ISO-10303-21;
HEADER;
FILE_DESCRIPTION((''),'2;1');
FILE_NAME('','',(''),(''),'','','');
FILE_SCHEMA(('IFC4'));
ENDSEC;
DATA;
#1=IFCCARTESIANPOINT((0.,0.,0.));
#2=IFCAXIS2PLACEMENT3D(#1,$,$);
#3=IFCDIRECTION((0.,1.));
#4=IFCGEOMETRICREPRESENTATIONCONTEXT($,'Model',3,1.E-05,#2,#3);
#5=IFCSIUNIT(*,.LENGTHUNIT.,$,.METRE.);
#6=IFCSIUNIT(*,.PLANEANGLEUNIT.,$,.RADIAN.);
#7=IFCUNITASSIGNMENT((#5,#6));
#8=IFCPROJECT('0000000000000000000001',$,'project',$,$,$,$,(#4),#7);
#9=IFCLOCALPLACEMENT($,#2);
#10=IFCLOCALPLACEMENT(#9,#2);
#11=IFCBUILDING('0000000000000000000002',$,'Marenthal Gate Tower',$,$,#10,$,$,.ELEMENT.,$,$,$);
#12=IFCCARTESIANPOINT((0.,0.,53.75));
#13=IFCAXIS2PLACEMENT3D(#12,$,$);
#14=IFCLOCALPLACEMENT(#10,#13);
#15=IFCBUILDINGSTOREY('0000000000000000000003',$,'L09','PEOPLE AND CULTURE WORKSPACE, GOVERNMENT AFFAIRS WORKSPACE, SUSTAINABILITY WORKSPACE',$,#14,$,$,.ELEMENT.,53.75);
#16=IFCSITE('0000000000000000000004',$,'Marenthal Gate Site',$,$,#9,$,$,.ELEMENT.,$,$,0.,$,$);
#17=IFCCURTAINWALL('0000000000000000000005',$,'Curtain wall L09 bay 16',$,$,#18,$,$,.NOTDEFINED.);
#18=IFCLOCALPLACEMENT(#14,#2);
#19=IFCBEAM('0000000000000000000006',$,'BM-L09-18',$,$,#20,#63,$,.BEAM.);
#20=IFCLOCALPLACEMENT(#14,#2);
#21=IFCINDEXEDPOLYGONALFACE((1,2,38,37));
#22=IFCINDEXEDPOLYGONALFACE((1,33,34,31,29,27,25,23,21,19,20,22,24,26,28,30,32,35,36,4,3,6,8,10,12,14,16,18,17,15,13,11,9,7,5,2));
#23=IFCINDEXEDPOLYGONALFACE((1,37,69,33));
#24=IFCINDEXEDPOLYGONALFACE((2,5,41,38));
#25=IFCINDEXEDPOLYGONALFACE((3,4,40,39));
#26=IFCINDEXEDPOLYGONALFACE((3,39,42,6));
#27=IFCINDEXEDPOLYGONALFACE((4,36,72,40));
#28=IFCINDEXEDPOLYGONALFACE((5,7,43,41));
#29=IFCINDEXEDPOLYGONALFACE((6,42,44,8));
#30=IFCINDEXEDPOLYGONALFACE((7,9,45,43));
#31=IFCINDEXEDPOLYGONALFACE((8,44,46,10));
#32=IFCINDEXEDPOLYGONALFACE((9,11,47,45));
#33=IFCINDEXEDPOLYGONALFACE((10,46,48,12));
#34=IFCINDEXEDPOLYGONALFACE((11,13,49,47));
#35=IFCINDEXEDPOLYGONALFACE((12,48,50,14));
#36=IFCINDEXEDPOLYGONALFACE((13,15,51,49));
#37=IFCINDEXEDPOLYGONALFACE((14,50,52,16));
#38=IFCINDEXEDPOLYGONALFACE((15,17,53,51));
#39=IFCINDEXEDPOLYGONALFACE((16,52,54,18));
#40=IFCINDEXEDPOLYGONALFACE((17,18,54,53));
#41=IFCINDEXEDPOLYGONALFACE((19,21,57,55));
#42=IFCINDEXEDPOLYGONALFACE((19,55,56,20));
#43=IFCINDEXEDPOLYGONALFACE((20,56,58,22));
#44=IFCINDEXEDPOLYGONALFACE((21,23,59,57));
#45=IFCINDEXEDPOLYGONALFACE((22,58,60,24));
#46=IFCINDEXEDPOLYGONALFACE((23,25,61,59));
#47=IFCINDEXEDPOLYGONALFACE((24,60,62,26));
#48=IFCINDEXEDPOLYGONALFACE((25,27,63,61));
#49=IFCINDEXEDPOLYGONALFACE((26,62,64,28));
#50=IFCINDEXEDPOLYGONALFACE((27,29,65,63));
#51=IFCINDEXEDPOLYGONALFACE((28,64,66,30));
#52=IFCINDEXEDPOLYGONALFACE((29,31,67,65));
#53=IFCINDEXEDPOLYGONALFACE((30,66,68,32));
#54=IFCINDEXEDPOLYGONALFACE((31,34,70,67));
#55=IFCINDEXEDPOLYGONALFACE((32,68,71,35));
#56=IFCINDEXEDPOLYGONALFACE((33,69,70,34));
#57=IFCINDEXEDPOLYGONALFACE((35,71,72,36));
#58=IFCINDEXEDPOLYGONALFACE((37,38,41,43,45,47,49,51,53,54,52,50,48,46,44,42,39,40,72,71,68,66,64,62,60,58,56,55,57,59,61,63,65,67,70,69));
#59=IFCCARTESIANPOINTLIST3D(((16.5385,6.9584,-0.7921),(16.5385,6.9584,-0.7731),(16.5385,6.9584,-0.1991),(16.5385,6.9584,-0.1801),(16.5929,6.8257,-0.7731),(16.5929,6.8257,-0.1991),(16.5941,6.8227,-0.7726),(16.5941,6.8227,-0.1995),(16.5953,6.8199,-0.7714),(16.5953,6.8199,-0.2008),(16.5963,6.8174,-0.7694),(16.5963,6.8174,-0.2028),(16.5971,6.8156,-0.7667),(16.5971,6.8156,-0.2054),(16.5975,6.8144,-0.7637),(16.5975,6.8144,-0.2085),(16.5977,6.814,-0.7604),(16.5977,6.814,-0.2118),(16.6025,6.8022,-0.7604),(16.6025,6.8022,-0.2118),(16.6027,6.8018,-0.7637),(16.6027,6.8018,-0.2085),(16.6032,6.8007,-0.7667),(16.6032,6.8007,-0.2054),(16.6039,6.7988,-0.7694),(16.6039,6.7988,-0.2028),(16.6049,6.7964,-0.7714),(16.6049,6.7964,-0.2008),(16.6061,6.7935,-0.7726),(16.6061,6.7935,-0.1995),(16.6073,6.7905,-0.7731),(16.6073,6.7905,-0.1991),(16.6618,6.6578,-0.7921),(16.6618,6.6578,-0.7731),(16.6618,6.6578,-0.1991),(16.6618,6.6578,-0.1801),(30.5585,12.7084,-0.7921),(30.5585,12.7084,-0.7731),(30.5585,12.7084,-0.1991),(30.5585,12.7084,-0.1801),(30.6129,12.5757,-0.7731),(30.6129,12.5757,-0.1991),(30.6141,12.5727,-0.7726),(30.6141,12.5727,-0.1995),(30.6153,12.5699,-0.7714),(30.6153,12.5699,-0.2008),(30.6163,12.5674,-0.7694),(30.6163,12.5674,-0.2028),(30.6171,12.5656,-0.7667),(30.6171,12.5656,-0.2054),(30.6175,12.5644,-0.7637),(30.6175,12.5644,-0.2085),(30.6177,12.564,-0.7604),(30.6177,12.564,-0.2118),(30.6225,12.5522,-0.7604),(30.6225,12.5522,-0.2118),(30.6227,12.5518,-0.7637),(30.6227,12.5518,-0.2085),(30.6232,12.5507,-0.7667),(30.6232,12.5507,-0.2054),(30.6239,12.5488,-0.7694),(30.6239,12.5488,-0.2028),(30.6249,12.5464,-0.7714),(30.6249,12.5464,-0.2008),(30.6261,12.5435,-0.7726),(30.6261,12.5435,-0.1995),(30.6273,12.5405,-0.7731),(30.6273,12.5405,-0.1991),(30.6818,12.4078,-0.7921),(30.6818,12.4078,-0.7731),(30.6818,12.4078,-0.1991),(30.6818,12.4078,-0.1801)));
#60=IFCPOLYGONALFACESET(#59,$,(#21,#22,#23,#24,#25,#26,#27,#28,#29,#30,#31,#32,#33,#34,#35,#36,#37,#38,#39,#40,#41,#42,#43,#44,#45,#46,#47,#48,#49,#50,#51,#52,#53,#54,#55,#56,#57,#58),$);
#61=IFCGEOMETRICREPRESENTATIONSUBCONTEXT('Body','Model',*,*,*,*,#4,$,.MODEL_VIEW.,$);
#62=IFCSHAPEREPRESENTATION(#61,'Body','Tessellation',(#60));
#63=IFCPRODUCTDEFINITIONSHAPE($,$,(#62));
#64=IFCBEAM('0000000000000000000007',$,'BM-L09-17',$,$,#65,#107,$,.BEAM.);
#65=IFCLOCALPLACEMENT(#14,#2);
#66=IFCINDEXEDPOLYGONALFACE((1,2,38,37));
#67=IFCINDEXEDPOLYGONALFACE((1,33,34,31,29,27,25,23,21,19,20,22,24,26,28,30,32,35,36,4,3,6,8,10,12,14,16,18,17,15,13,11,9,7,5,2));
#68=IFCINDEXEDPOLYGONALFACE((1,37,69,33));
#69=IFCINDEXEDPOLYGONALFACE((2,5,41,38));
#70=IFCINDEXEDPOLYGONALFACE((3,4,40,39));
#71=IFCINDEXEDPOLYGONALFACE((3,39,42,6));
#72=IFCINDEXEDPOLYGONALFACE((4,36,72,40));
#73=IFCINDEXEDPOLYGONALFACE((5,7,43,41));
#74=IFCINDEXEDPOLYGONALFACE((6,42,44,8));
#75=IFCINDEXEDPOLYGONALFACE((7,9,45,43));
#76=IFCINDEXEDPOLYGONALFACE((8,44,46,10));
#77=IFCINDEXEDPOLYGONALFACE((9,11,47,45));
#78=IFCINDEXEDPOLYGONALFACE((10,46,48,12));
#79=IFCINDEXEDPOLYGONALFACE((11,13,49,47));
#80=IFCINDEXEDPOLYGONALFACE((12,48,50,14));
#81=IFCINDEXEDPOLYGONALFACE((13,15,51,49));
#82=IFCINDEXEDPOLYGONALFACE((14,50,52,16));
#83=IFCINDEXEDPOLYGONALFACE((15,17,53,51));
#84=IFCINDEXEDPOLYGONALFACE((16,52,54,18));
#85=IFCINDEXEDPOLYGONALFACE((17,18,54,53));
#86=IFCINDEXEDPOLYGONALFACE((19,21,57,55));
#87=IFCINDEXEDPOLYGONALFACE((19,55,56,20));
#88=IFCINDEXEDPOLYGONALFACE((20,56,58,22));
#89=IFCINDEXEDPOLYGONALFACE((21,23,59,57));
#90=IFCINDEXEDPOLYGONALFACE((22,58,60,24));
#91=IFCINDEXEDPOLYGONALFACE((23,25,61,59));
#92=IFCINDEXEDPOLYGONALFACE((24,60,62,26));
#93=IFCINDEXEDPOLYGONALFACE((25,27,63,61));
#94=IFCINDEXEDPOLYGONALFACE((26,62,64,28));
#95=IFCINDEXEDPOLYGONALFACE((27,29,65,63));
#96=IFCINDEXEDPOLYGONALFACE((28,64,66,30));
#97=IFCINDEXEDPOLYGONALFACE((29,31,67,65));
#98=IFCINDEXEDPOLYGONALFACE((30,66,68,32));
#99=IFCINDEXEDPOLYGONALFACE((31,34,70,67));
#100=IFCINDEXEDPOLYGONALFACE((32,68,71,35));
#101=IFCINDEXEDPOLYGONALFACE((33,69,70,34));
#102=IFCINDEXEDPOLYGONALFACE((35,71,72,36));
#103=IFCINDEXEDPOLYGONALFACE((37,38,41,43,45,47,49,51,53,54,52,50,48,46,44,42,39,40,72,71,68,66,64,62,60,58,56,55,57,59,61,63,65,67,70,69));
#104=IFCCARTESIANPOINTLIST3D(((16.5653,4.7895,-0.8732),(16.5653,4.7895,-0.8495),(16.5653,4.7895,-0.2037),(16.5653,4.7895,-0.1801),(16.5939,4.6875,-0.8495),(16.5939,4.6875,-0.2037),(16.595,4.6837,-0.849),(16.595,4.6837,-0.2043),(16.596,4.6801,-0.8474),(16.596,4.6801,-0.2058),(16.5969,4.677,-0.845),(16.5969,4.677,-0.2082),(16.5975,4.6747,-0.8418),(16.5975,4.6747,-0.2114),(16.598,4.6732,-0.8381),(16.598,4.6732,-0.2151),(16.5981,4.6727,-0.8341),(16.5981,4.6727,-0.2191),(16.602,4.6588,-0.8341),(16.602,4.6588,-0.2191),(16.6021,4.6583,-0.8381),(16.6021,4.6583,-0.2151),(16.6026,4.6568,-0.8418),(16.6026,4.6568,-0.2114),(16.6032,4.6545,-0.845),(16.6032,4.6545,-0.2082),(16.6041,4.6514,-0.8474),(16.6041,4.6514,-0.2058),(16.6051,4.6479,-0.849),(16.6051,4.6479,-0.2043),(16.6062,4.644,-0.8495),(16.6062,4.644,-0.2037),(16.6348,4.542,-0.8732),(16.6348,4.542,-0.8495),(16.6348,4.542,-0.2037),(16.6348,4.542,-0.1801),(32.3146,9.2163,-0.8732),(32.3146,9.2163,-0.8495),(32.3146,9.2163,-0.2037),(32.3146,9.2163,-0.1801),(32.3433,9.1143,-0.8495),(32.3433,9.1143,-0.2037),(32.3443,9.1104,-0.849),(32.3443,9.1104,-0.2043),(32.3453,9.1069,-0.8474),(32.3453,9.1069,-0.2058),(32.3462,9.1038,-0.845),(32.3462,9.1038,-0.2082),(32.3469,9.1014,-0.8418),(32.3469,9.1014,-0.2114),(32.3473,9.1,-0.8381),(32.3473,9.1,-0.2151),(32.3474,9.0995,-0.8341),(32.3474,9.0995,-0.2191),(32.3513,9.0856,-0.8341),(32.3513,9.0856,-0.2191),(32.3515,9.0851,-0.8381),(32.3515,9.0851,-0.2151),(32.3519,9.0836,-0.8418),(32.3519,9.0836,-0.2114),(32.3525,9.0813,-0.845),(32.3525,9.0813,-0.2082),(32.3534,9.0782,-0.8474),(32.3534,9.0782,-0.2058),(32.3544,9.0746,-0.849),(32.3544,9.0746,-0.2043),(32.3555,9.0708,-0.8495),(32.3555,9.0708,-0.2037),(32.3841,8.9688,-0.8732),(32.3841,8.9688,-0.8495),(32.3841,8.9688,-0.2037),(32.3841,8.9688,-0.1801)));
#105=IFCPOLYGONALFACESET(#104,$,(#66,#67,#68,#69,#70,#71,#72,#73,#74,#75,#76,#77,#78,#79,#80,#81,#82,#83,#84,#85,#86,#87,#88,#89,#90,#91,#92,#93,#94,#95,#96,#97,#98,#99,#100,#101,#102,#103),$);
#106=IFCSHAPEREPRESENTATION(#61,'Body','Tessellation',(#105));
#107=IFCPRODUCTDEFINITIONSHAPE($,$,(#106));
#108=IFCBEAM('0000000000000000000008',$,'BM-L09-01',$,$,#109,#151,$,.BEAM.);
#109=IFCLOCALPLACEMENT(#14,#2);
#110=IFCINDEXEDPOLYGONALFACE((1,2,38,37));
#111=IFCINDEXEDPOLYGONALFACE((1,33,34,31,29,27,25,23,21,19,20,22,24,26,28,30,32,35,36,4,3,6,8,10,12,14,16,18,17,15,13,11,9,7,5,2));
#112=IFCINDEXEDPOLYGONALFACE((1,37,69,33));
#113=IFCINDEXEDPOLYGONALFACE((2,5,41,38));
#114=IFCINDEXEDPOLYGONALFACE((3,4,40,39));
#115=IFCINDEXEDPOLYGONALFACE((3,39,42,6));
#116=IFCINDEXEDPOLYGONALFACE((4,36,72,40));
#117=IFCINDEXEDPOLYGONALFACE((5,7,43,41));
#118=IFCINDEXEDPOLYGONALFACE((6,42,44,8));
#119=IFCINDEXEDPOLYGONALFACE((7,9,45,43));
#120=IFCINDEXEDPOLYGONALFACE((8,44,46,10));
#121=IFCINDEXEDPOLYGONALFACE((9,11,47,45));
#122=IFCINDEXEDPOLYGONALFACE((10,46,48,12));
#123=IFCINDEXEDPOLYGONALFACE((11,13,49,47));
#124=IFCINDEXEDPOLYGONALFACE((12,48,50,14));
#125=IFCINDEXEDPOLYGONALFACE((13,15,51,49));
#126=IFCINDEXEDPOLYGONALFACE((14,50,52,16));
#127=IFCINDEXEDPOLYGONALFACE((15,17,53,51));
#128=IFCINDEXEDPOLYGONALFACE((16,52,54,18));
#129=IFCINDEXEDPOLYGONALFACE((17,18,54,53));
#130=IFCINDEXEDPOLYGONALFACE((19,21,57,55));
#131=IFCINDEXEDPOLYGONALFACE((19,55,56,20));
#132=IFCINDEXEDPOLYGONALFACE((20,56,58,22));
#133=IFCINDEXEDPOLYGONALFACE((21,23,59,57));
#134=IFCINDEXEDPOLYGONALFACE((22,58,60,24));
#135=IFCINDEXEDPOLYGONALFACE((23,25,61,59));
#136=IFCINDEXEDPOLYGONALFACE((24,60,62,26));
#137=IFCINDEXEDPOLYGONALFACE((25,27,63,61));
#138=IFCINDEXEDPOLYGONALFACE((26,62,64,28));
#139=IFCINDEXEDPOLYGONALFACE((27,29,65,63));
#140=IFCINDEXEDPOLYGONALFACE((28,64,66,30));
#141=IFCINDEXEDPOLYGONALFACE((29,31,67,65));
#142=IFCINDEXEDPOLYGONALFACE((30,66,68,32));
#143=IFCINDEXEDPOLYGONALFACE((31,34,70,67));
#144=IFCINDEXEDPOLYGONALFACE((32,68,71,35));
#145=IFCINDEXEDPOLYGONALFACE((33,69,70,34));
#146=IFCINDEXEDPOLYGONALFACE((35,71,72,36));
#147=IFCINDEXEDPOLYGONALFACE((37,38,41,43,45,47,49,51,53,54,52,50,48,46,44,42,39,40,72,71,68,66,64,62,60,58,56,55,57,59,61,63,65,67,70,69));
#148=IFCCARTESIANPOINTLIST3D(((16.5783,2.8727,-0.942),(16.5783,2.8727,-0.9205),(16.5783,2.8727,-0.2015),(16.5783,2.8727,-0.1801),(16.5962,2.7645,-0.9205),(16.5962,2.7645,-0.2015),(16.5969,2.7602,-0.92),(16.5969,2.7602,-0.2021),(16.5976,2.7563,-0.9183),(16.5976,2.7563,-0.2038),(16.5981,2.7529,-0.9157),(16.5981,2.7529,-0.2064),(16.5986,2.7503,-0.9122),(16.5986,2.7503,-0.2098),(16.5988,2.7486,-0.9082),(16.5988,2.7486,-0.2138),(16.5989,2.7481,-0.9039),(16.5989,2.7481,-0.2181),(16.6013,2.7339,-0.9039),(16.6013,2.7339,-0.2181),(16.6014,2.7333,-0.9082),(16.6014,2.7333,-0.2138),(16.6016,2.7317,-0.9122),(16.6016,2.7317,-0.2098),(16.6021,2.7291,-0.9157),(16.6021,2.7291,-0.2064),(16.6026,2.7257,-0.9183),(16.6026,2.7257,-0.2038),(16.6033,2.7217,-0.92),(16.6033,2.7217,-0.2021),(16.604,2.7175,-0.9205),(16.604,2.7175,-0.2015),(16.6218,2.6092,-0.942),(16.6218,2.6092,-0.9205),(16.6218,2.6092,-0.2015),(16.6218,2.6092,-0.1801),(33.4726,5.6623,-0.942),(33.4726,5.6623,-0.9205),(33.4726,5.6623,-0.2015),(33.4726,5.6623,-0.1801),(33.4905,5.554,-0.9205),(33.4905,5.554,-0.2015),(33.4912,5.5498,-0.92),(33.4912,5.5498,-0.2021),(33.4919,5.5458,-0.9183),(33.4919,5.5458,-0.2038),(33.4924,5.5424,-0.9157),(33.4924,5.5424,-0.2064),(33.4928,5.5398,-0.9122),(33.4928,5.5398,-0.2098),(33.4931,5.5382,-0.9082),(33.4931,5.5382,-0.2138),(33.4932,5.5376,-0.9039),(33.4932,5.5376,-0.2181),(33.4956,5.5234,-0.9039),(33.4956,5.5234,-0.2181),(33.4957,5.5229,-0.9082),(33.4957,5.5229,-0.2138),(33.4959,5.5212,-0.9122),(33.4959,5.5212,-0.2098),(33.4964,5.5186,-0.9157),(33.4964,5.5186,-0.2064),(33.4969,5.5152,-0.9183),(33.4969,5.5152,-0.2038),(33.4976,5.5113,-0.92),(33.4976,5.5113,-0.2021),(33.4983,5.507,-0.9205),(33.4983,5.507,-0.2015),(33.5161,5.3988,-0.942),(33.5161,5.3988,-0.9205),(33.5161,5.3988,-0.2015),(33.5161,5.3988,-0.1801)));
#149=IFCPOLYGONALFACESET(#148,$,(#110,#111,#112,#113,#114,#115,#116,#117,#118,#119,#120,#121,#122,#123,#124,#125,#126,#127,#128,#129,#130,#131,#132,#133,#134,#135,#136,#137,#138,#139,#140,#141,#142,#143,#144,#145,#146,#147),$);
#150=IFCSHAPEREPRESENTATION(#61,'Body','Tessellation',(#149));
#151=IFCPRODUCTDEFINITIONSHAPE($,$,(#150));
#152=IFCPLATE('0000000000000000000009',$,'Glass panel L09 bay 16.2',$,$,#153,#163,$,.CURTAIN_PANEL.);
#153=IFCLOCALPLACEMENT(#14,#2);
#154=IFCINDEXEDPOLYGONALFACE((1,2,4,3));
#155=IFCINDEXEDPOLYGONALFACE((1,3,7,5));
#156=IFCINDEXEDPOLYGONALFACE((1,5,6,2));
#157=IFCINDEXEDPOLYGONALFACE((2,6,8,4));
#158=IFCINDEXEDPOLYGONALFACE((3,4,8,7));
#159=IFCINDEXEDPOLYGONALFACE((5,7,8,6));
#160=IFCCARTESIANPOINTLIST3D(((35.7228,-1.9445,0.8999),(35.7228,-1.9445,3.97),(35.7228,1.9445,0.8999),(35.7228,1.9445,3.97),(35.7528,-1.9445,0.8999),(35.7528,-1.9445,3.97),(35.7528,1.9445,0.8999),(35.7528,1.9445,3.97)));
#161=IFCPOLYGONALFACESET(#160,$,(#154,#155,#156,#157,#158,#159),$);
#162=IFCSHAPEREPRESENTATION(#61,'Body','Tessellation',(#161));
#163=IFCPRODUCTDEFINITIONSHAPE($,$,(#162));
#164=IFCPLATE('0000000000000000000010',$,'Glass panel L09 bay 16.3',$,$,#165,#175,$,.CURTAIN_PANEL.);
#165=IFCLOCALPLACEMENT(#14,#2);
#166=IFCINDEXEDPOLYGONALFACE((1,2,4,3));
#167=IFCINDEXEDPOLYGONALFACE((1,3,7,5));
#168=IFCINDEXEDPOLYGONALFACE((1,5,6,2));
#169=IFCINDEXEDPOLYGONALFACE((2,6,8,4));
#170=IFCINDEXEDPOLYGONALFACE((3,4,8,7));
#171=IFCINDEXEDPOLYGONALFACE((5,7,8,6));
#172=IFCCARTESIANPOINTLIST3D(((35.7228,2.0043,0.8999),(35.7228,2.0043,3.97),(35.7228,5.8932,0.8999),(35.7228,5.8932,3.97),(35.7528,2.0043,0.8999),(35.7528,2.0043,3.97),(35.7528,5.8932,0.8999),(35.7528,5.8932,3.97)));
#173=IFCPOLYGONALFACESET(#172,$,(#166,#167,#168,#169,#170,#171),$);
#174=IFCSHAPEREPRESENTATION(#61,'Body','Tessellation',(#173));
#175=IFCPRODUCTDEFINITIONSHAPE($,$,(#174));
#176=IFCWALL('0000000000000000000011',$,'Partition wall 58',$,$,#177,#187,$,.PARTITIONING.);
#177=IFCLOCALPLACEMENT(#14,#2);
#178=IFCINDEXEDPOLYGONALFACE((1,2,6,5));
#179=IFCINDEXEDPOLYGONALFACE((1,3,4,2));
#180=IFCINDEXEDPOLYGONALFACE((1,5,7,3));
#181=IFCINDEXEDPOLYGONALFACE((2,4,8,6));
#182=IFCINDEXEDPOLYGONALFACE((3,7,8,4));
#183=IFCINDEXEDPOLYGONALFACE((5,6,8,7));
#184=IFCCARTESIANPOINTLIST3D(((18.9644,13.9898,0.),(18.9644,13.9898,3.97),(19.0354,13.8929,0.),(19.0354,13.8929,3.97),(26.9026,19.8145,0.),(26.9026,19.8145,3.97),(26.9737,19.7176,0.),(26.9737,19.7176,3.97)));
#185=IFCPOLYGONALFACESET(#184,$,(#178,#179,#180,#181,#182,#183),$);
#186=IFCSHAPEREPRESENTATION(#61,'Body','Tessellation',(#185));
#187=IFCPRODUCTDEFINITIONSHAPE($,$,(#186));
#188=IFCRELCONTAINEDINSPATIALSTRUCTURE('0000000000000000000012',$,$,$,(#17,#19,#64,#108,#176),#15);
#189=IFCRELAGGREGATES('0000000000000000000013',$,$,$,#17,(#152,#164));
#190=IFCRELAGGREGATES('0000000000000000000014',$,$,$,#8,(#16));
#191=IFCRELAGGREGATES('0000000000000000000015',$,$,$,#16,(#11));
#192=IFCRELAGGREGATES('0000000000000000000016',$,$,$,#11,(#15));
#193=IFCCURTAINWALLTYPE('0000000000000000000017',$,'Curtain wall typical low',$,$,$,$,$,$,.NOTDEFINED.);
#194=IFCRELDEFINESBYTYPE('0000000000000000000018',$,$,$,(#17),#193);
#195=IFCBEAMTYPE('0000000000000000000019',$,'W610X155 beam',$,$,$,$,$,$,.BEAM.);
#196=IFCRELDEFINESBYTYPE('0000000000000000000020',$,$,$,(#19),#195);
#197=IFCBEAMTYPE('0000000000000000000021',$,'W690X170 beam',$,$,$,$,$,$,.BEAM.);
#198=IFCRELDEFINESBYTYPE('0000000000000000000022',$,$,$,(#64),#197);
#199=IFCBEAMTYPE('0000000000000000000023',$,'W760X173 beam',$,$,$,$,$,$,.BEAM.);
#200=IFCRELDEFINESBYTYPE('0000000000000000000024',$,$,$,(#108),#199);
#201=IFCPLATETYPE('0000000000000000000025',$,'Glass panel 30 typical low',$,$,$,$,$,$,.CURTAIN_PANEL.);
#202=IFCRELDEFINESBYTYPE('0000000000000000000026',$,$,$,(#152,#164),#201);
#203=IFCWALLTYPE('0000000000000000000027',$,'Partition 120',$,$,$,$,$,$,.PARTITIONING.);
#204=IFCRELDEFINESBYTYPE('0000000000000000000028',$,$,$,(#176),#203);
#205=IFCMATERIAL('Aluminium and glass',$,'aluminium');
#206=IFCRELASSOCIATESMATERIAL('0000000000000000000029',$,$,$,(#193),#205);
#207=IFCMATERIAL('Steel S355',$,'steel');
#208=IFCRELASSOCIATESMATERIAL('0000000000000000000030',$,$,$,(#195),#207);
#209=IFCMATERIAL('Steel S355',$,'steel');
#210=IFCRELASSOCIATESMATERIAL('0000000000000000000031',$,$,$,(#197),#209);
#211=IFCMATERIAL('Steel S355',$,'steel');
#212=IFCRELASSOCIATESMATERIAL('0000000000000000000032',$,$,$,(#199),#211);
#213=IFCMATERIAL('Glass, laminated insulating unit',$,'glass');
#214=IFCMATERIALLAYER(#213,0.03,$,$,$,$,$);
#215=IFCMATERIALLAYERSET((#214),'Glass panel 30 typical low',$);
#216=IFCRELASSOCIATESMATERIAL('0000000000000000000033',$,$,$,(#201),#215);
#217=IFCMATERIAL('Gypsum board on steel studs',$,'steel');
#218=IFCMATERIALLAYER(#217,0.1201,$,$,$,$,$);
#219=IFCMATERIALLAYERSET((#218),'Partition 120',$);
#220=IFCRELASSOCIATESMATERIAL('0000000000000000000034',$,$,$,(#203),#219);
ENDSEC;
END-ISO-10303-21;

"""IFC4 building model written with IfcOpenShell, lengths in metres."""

from ifc_helpers import new_model, si_unit, direction, frame, frame_2d, origin, origin_2d, place, context, subcontext, project, spatial, rectangle, i_section, extrude, material, layer, layer_set, material_profile, profile_set, type_object, element, aggregate, save


model = new_model("IFC4")

# Units and contexts
model_context = context("Model", 3, precision=1e-05, world=origin(), true_north=direction((0.0, 1.0)))
body_context = subcontext(model_context, "Body", "Model", "MODEL_VIEW")
ifc_project = project(units=[si_unit("LENGTHUNIT", "METRE"), si_unit("PLANEANGLEUNIT", "RADIAN")], contexts=[model_context])

# Site, building, storey
site_placement = place(None, origin())
site = spatial("IfcSite", under=ifc_project, at=site_placement, Name="Marenthal Gate Site", CompositionType="ELEMENT", RefElevation=0.0)
building_placement = place(site_placement, origin())
building = spatial("IfcBuilding", under=site, at=building_placement, Name="Marenthal Gate Tower", CompositionType="ELEMENT")
storey_placement = place(building_placement, frame((0.0, 0.0, 53.75)))
storey = spatial("IfcBuildingStorey", under=building, at=storey_placement, Name="L09", Description="PEOPLE AND CULTURE WORKSPACE, GOVERNMENT AFFAIRS WORKSPACE, SUSTAINABILITY WORKSPACE", CompositionType="ELEMENT", Elevation=53.75)

# Curtain wall
ifc_material_1 = material(Name="Aluminium and glass", Category="aluminium")
curtain_wall_type = type_object("IfcCurtainWallType", Name="Curtain wall typical low", PredefinedType="NOTDEFINED", material=ifc_material_1)
curtain_wall_placement = place(storey_placement, origin())
curtain_wall = element("IfcCurtainWall", 1, at=curtain_wall_placement, inside=storey, type_object=curtain_wall_type, Name="Curtain wall L09 bay 16", PredefinedType="NOTDEFINED")

# Beams
ifc_material_2 = material(Name="Steel S355", Category="steel")
ifc_material_profile_1 = material_profile(ifc_material_2, i_section(OverallWidth=0.325, OverallDepth=0.6121, WebThickness=0.0127, FlangeThickness=0.019, FilletRadius=0.0127, at=origin_2d()), Name="W610X155")
ifc_profile_set_1 = profile_set([ifc_material_profile_1], Name="Steel S355")
beam_type_1 = type_object("IfcBeamType", Name="W610X155 beam", PredefinedType="BEAM", material=ifc_profile_set_1)
beam_1_placement = place(storey_placement, frame((30.6201, 12.5581, -0.4861), z_axis=(-0.92521, -0.379455, 0.0), x_axis=(0.379455, -0.92521, 0.0)))
element("IfcBeam", 2, at=beam_1_placement, inside=storey, type_object=beam_type_1, Name="BM-L09-18", PredefinedType="BEAM", context=body_context, shape_type="SweptSolid", body=[
    extrude(i_section(OverallWidth=0.325, OverallDepth=0.6121, WebThickness=0.0127, FlangeThickness=0.019, FilletRadius=0.0127, at=origin_2d()), origin(), (0.0, 0.0, 1.0), 15.1533),
])
ifc_material_3 = material(Name="Steel S355", Category="steel")
ifc_material_profile_2 = material_profile(ifc_material_3, i_section(OverallWidth=0.2571, OverallDepth=0.6931, WebThickness=0.0144, FlangeThickness=0.0237, FilletRadius=0.0154, at=origin_2d()), Name="W690X170")
ifc_profile_set_2 = profile_set([ifc_material_profile_2], Name="Steel S355")
beam_type_2 = type_object("IfcBeamType", Name="W690X170 beam", PredefinedType="BEAM", material=ifc_profile_set_2)
beam_2_placement = place(storey_placement, frame((32.3494, 9.0925, -0.5266), z_axis=(-0.962694, -0.270591, 0.0), x_axis=(0.270591, -0.962694, 0.0)))
element("IfcBeam", 3, at=beam_2_placement, inside=storey, type_object=beam_type_2, Name="BM-L09-17", PredefinedType="BEAM", context=body_context, shape_type="SweptSolid", body=[
    extrude(i_section(OverallWidth=0.2571, OverallDepth=0.6931, WebThickness=0.0144, FlangeThickness=0.0237, FilletRadius=0.0154, at=origin_2d()), origin(), (0.0, 0.0, 1.0), 16.3596),
])
ifc_material_4 = material(Name="Steel S355", Category="steel")
ifc_material_profile_3 = material_profile(ifc_material_4, i_section(OverallWidth=0.2671, OverallDepth=0.762, WebThickness=0.0144, FlangeThickness=0.0215, FilletRadius=0.0166, at=origin_2d()), Name="W760X173")
ifc_profile_set_3 = profile_set([ifc_material_profile_3], Name="Steel S355")
beam_type_3 = type_object("IfcBeamType", Name="W760X173 beam", PredefinedType="BEAM", material=ifc_profile_set_3)
beam_3_placement = place(storey_placement, frame((33.4944, 5.5305, -0.561), z_axis=(-0.986641, -0.162912, 0.0), x_axis=(0.162912, -0.986641, 0.0)))
element("IfcBeam", 4, at=beam_3_placement, inside=storey, type_object=beam_type_3, Name="BM-L09-01", PredefinedType="BEAM", context=body_context, shape_type="SweptSolid", body=[
    extrude(i_section(OverallWidth=0.2671, OverallDepth=0.762, WebThickness=0.0144, FlangeThickness=0.0215, FilletRadius=0.0166, at=origin_2d()), origin(), (0.0, 0.0, 1.0), 17.123),
])

# Plates
ifc_material_5 = material(Name="Glass, laminated insulating unit", Category="glass")
ifc_layer_1 = layer(ifc_material_5, 0.03)
ifc_layer_set_1 = layer_set([ifc_layer_1], Name="Glass panel 30 typical low")
plate_type = type_object("IfcPlateType", Name="Glass panel 30 typical low", PredefinedType="CURTAIN_PANEL", material=ifc_layer_set_1)
plate_1_placement = place(storey_placement, frame((35.7378, 0.0, 0.8999), z_axis=(0.0, 0.0, 1.0), x_axis=(0.0, 1.0, 0.0)))
plate_1 = element("IfcPlate", 5, at=plate_1_placement, type_object=plate_type, Name="Glass panel L09 bay 16.2", PredefinedType="CURTAIN_PANEL", context=body_context, shape_type="SweptSolid", body=[
    extrude(rectangle(XDim=3.8889, YDim=0.03, at=origin_2d()), origin(), (0.0, 0.0, 1.0), 3.0701),
])
plate_2_placement = place(storey_placement, frame((35.7378, 3.9487, 0.8999), z_axis=(0.0, 0.0, 1.0), x_axis=(0.0, 1.0, 0.0)))
plate_2 = element("IfcPlate", 6, at=plate_2_placement, type_object=plate_type, Name="Glass panel L09 bay 16.3", PredefinedType="CURTAIN_PANEL", context=body_context, shape_type="SweptSolid", body=[
    extrude(rectangle(XDim=3.8889, YDim=0.03, at=origin_2d()), origin(), (0.0, 0.0, 1.0), 3.0701),
])
aggregate(curtain_wall, [plate_1, plate_2])

# Wall
ifc_material_6 = material(Name="Gypsum board on steel studs", Category="steel")
ifc_layer_2 = layer(ifc_material_6, 0.1201)
ifc_layer_set_2 = layer_set([ifc_layer_2], Name="Partition 120")
wall_type_1 = type_object("IfcWallType", Name="Partition 120", PredefinedType="PARTITIONING", material=ifc_layer_set_2)
wall_1_placement = place(storey_placement, frame((19.0, 13.9414, 0.0), z_axis=(0.0, 0.0, 1.0), x_axis=(0.806243, 0.591584, 0.0)))
element("IfcWall", 7, at=wall_1_placement, inside=storey, type_object=wall_type_1, Name="Partition wall 58", PredefinedType="PARTITIONING", context=body_context, shape_type="SweptSolid", body=[
    extrude(rectangle(XDim=9.8459, YDim=0.1201, at=frame_2d((4.9229, 0.0))), origin(), (0.0, 0.0, 1.0), 3.97),
])

save(model, "model.ifc")
